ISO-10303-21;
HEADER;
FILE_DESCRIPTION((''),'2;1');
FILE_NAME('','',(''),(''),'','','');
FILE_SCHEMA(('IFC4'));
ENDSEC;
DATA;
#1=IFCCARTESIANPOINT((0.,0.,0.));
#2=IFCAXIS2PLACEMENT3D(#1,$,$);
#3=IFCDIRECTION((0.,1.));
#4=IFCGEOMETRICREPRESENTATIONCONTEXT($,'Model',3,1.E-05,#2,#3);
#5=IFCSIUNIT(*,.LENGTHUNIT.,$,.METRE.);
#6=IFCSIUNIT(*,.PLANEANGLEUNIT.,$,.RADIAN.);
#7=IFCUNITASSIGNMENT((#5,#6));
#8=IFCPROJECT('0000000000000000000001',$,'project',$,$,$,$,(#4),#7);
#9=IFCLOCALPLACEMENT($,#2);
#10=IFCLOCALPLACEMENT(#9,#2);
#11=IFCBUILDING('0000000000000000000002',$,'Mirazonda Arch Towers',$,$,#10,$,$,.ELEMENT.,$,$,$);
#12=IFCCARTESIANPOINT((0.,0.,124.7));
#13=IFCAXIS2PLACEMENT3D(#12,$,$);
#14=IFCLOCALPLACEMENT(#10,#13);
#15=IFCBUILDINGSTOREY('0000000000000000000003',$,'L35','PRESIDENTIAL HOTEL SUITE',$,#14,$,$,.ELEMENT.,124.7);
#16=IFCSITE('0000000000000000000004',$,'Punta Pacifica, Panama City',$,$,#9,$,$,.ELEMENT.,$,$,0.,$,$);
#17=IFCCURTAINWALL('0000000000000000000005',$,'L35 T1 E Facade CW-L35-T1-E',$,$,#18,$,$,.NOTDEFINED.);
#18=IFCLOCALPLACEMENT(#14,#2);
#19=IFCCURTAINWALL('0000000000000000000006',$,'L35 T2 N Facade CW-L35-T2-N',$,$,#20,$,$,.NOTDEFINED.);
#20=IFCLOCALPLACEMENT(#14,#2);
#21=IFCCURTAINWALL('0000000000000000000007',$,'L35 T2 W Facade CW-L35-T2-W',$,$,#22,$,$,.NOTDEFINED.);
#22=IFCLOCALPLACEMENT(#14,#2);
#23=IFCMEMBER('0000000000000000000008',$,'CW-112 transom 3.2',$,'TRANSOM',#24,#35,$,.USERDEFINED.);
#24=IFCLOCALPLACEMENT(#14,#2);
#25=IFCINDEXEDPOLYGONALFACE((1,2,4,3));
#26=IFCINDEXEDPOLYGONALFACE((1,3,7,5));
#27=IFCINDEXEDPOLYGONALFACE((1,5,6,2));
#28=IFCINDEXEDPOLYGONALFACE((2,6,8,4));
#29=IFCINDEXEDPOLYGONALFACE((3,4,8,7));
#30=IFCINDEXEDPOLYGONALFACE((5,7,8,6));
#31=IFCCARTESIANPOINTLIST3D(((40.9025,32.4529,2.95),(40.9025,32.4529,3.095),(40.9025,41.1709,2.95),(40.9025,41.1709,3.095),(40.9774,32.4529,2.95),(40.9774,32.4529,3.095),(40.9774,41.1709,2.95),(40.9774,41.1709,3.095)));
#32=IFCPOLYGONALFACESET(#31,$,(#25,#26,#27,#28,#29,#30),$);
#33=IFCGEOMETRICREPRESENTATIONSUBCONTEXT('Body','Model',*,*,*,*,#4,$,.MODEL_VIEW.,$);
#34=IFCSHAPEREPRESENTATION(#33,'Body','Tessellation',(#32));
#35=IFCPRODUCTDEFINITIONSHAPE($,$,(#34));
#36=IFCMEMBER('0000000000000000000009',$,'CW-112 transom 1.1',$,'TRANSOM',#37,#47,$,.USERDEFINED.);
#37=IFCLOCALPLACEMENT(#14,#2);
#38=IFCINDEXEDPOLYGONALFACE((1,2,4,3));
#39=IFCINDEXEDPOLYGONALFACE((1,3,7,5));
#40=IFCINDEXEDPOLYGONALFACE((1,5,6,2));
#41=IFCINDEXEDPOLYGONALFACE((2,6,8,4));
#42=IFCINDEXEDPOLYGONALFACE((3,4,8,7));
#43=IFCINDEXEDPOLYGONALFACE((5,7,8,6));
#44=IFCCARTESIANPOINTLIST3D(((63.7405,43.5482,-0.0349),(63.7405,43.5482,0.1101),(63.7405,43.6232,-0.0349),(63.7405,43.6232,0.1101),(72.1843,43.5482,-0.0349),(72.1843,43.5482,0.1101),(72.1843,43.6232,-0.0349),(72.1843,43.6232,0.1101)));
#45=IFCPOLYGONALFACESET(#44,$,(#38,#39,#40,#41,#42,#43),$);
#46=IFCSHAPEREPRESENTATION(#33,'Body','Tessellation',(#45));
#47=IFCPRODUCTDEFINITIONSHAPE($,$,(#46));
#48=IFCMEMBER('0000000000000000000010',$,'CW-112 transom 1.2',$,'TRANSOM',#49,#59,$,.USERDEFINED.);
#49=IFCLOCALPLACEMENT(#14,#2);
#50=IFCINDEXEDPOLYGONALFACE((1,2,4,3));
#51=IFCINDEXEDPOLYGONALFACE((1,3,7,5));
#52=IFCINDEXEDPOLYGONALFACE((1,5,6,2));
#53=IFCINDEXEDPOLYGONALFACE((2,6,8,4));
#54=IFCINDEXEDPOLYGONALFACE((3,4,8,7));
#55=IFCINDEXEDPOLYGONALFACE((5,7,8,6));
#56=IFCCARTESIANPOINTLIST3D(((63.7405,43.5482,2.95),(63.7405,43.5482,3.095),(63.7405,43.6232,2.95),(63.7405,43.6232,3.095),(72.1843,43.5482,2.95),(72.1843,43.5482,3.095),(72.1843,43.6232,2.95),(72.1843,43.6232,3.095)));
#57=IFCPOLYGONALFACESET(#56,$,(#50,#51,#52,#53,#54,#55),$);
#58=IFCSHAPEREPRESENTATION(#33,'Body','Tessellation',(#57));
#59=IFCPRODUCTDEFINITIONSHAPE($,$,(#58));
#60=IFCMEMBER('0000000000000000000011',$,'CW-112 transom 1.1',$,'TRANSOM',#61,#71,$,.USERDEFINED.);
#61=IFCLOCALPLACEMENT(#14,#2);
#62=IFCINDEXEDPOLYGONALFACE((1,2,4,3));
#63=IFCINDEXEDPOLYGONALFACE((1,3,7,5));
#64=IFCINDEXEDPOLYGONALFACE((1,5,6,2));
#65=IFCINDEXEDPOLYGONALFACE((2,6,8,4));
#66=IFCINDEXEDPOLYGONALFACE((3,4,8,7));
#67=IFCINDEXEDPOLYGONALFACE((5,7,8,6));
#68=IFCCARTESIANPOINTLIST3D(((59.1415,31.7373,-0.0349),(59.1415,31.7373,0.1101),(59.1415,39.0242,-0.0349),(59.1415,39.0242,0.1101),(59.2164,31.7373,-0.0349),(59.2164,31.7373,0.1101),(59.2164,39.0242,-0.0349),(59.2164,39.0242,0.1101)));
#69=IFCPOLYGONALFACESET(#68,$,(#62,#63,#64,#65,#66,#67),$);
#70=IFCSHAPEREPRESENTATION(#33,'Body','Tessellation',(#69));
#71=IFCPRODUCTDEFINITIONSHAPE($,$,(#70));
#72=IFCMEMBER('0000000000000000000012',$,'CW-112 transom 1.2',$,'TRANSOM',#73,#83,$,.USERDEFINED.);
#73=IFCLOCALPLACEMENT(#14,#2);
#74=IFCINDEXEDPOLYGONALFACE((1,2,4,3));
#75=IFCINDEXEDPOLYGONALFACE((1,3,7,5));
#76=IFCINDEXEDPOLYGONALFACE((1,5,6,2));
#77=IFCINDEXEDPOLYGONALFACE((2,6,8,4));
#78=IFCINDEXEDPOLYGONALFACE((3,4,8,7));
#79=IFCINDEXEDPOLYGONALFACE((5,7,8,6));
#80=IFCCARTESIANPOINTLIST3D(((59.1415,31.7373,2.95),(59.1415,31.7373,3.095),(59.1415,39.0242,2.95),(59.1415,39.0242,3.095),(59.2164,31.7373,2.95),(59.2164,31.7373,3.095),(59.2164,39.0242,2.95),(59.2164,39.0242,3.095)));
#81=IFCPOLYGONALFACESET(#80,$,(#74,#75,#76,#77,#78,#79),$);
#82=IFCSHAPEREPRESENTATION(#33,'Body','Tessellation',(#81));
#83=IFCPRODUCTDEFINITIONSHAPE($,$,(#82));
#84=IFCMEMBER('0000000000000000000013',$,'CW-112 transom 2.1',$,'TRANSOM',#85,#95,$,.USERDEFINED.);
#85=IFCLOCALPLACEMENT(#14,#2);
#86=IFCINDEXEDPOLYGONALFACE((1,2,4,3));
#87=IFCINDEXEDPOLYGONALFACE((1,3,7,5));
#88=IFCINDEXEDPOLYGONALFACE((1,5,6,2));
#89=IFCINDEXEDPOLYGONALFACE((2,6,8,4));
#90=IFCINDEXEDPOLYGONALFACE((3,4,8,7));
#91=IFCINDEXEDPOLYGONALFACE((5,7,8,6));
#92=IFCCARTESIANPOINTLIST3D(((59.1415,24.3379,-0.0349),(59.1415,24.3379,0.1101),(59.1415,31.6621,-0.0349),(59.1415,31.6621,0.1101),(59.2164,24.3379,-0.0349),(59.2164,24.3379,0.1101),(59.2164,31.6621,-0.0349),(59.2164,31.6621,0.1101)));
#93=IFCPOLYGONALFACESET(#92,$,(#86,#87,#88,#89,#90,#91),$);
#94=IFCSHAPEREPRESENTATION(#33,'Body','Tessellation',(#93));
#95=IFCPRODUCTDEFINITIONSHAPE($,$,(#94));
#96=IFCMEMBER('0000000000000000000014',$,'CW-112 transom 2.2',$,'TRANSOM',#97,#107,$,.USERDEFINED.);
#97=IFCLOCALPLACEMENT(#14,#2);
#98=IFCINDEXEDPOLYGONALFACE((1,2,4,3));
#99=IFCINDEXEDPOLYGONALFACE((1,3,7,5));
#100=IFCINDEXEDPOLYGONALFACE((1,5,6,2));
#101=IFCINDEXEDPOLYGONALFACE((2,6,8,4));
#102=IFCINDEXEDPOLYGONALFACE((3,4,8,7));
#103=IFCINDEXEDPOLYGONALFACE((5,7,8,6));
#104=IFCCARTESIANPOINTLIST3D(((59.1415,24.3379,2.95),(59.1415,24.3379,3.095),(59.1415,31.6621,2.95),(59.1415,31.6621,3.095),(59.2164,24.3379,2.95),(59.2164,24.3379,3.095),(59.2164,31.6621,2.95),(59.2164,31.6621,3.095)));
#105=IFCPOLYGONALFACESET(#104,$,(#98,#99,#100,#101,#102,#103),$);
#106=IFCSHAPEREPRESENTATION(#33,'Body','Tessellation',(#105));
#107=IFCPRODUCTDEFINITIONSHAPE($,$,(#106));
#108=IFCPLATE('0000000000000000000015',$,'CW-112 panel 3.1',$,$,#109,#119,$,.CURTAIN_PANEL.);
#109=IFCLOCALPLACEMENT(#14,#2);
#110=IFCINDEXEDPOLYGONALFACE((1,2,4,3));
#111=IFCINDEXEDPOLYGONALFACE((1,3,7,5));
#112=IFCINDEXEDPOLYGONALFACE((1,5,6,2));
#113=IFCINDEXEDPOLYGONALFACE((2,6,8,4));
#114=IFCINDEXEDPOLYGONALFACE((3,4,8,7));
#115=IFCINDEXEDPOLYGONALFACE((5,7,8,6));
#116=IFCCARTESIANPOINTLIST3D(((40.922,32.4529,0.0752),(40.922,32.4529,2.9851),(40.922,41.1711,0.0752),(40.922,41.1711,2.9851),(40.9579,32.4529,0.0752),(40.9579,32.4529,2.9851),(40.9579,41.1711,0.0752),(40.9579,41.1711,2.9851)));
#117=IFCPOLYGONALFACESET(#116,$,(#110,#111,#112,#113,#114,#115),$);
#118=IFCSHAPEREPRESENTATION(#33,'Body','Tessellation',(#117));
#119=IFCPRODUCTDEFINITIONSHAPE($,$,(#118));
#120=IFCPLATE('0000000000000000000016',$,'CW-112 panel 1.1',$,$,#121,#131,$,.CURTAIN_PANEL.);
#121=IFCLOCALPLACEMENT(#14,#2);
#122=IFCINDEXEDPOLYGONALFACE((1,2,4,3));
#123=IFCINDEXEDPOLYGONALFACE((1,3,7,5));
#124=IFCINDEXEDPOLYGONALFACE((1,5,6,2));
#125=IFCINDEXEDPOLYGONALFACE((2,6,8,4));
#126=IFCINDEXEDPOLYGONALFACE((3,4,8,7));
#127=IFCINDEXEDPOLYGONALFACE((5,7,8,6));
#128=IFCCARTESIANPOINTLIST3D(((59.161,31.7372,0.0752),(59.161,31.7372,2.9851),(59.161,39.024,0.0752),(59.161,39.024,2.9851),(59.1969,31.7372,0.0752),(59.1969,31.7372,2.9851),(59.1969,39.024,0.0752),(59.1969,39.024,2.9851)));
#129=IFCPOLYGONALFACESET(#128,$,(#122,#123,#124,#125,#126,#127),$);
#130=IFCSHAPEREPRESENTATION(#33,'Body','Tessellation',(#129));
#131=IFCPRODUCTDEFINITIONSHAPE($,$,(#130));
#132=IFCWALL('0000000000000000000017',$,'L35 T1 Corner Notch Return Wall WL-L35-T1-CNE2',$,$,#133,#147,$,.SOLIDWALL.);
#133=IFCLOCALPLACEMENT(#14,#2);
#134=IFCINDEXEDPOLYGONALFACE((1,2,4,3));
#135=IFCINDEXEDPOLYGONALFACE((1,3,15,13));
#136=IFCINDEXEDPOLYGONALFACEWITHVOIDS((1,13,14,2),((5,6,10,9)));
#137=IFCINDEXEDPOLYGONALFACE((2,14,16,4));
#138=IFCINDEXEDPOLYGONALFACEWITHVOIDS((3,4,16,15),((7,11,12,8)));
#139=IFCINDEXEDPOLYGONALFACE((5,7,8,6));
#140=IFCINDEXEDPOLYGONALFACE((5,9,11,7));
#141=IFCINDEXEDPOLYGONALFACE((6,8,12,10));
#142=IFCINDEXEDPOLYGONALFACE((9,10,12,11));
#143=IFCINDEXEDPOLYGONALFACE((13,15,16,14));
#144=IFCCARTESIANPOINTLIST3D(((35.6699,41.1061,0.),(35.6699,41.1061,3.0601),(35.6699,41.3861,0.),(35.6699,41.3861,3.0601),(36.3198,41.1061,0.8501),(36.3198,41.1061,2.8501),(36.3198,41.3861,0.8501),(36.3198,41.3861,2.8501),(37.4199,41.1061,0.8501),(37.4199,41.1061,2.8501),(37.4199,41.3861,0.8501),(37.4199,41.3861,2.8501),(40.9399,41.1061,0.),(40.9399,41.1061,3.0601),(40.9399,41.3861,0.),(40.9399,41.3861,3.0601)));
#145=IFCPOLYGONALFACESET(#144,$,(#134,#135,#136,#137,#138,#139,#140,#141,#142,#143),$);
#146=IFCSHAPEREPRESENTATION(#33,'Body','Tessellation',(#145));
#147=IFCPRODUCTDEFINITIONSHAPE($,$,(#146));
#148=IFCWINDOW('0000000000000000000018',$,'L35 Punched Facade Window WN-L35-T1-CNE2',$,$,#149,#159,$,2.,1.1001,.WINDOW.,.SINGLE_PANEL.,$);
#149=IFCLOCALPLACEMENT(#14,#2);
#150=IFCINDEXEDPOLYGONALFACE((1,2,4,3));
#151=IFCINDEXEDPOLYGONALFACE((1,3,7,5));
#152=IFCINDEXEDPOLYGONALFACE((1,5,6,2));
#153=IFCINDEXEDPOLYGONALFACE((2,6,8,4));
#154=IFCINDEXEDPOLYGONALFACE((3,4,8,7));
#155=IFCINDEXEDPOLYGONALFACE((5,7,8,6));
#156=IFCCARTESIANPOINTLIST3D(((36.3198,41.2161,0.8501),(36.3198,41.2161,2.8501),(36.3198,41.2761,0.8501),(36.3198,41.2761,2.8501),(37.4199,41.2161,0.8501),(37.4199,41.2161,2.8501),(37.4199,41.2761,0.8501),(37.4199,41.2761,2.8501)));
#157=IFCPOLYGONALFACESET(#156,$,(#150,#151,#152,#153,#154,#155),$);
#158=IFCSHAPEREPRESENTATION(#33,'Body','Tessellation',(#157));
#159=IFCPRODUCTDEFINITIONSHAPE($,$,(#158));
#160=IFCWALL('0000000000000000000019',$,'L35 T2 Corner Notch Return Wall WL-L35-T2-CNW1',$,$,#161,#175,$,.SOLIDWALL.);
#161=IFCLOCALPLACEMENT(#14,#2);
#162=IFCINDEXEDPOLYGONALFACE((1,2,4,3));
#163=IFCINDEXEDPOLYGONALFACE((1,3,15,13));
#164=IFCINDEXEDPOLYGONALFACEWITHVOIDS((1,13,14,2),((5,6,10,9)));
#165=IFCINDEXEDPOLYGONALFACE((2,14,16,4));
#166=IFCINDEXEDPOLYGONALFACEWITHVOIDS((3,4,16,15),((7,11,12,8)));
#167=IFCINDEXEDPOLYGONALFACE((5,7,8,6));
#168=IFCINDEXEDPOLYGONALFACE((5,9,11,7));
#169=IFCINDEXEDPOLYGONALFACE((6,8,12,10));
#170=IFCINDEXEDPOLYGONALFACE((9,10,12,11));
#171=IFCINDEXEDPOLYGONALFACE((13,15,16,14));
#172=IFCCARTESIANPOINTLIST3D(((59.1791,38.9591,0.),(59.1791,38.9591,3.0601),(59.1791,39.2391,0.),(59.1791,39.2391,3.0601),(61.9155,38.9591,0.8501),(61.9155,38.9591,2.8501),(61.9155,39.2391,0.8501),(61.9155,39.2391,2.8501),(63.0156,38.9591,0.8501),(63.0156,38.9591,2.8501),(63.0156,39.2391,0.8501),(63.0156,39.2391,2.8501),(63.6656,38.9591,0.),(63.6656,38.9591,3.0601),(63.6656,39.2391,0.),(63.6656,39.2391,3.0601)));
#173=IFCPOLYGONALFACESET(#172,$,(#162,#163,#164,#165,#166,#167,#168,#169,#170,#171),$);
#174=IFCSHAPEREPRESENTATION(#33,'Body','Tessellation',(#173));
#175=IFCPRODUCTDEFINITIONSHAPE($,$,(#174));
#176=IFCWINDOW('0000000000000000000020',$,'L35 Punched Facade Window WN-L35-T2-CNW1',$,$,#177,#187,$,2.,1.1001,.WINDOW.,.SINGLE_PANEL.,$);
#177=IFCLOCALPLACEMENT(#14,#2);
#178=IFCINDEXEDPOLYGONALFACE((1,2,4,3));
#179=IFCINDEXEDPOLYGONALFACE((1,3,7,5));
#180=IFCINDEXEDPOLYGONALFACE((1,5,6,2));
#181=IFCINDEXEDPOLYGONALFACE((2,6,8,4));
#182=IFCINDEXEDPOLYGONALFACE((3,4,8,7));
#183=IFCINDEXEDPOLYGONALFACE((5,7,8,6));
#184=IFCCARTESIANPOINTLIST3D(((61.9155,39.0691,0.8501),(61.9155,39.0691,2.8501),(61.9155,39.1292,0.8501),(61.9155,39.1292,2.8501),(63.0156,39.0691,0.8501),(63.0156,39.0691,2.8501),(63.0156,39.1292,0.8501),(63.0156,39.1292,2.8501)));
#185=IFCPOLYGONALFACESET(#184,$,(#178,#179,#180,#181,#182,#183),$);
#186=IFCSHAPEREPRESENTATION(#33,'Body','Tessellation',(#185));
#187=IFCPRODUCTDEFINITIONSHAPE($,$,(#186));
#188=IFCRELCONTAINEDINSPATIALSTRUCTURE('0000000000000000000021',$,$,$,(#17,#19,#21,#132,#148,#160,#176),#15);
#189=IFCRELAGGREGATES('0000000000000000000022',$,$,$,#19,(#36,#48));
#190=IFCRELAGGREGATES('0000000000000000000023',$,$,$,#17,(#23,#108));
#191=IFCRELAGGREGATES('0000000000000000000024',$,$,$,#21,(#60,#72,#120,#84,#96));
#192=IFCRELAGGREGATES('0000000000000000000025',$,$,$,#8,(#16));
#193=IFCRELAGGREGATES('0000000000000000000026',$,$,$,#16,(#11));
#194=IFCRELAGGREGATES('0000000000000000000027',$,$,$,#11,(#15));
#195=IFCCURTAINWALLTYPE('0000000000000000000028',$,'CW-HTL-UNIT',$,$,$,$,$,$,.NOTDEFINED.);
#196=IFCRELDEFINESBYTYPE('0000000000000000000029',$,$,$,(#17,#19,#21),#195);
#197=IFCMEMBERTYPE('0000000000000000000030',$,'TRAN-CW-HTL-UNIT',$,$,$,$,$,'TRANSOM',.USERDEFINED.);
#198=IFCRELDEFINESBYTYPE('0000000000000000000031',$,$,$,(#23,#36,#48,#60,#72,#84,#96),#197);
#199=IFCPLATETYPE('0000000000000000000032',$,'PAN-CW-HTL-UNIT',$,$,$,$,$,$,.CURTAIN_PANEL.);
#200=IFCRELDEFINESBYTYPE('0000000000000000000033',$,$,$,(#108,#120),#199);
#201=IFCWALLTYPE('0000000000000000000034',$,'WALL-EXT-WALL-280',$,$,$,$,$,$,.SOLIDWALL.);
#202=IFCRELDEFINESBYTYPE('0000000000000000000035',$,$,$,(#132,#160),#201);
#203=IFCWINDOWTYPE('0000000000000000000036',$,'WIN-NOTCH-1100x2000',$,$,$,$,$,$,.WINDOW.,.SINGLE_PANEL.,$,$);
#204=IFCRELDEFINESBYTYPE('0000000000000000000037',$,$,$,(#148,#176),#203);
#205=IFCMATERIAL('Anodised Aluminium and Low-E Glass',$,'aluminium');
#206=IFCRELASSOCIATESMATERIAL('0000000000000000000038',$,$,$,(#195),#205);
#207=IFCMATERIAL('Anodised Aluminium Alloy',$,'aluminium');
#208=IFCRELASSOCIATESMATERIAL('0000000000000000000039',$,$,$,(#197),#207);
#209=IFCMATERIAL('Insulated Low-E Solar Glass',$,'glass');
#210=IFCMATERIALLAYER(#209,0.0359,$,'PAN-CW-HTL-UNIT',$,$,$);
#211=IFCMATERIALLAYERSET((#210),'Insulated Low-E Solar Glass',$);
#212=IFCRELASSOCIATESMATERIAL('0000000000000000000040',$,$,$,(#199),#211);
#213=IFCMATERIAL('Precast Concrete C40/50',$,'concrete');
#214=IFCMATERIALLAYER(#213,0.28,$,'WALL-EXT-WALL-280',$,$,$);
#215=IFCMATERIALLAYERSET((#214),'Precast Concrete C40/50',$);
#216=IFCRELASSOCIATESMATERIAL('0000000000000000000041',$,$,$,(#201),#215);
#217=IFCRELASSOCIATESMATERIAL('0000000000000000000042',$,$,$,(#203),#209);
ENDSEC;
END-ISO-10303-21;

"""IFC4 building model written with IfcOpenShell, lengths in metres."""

from ifc_helpers import new_model, si_unit, direction, frame, frame_2d, origin, origin_2d, place, context, subcontext, project, spatial, rectangle, extrude, material, layer, layer_set, material_profile, profile_set, type_object, element, fill, aggregate, save


model = new_model("IFC4")

# Units and contexts
model_context = context("Model", 3, precision=1e-05, world=origin(), true_north=direction((0.0, 1.0)))
body_context = subcontext(model_context, "Body", "Model", "MODEL_VIEW")
ifc_project = project(units=[si_unit("LENGTHUNIT", "METRE"), si_unit("PLANEANGLEUNIT", "RADIAN")], contexts=[model_context])

# Site, building, storey
site_placement = place(None, origin())
site = spatial("IfcSite", under=ifc_project, at=site_placement, Name="Punta Pacifica, Panama City", CompositionType="ELEMENT", RefElevation=0.0)
building_placement = place(site_placement, origin())
building = spatial("IfcBuilding", under=site, at=building_placement, Name="Mirazonda Arch Towers", CompositionType="ELEMENT")
storey_placement = place(building_placement, frame((0.0, 0.0, 124.7)))
storey = spatial("IfcBuildingStorey", under=building, at=storey_placement, Name="L35", Description="PRESIDENTIAL HOTEL SUITE", CompositionType="ELEMENT", Elevation=124.7)

# Curtain wall
ifc_material_1 = material(Name="Anodised Aluminium and Low-E Glass", Category="aluminium")
curtain_wall_type = type_object("IfcCurtainWallType", Name="CW-HTL-UNIT", PredefinedType="NOTDEFINED", material=ifc_material_1)
curtain_wall_1_placement = place(storey_placement, origin())
curtain_wall_1 = element("IfcCurtainWall", 1, at=curtain_wall_1_placement, inside=storey, type_object=curtain_wall_type, Name="L35 T1 E Facade CW-L35-T1-E", PredefinedType="NOTDEFINED")
ifc_material_2 = material(Name="Anodised Aluminium Alloy", Category="aluminium")

# Curtain wall
curtain_wall_2_placement = place(storey_placement, origin())
curtain_wall_2 = element("IfcCurtainWall", 2, at=curtain_wall_2_placement, inside=storey, type_object=curtain_wall_type, Name="L35 T2 N Facade CW-L35-T2-N", PredefinedType="NOTDEFINED")

# Curtain wall
curtain_wall_3_placement = place(storey_placement, origin())
curtain_wall_3 = element("IfcCurtainWall", 3, at=curtain_wall_3_placement, inside=storey, type_object=curtain_wall_type, Name="L35 T2 W Facade CW-L35-T2-W", PredefinedType="NOTDEFINED")

# Members
ifc_material_profile_1 = material_profile(ifc_material_2, rectangle(XDim=0.075, YDim=0.145, at=origin_2d()), Name="ALU-TRAN-75x145")
ifc_profile_set_1 = profile_set([ifc_material_profile_1], Name="Anodised Aluminium Alloy")
member_type_1 = type_object("IfcMemberType", Name="TRAN-CW-HTL-UNIT", ElementType="TRANSOM", PredefinedType="USERDEFINED", material=ifc_profile_set_1)
member_1_placement = place(storey_placement, frame((40.9399, 32.4529, 3.0225), z_axis=(0.0, 1.0, 0.0), x_axis=(-1.0, 0.0, 0.0)))
member_1 = element("IfcMember", 4, at=member_1_placement, type_object=member_type_1, Name="CW-112 transom 3.2", ObjectType="TRANSOM", PredefinedType="USERDEFINED", context=body_context, shape_type="SweptSolid", body=[
    extrude(rectangle(XDim=0.075, YDim=0.145, at=origin_2d()), origin(), (0.0, 0.0, 1.0), 8.718),
])
member_2_placement = place(storey_placement, frame((63.7405, 43.5857, 0.0376), z_axis=(1.0, 0.0, 0.0), x_axis=(0.0, 1.0, 0.0)))
member_2 = element("IfcMember", 5, at=member_2_placement, type_object=member_type_1, Name="CW-112 transom 1.1", ObjectType="TRANSOM", PredefinedType="USERDEFINED", context=body_context, shape_type="SweptSolid", body=[
    extrude(rectangle(XDim=0.075, YDim=0.145, at=origin_2d()), origin(), (0.0, 0.0, 1.0), 8.4438),
])
member_3_placement = place(storey_placement, frame((63.7405, 43.5857, 3.0225), z_axis=(1.0, 0.0, 0.0), x_axis=(0.0, 1.0, 0.0)))
member_3 = element("IfcMember", 6, at=member_3_placement, type_object=member_type_1, Name="CW-112 transom 1.2", ObjectType="TRANSOM", PredefinedType="USERDEFINED", context=body_context, shape_type="SweptSolid", body=[
    extrude(rectangle(XDim=0.075, YDim=0.145, at=origin_2d()), origin(), (0.0, 0.0, 1.0), 8.4438),
])
aggregate(curtain_wall_2, [member_2, member_3])
member_4_placement = place(storey_placement, frame((59.179, 39.0242, 0.0376), z_axis=(0.0, -1.0, 0.0), x_axis=(1.0, 0.0, 0.0)))
member_4 = element("IfcMember", 7, at=member_4_placement, type_object=member_type_1, Name="CW-112 transom 1.1", ObjectType="TRANSOM", PredefinedType="USERDEFINED", context=body_context, shape_type="SweptSolid", body=[
    extrude(rectangle(XDim=0.075, YDim=0.145, at=origin_2d()), origin(), (0.0, 0.0, 1.0), 7.2869),
])
member_5_placement = place(storey_placement, frame((59.179, 39.0242, 3.0225), z_axis=(0.0, -1.0, 0.0), x_axis=(1.0, 0.0, 0.0)))
member_5 = element("IfcMember", 8, at=member_5_placement, type_object=member_type_1, Name="CW-112 transom 1.2", ObjectType="TRANSOM", PredefinedType="USERDEFINED", context=body_context, shape_type="SweptSolid", body=[
    extrude(rectangle(XDim=0.075, YDim=0.145, at=origin_2d()), origin(), (0.0, 0.0, 1.0), 7.2869),
])
member_6_placement = place(storey_placement, frame((59.179, 31.6621, 0.0376), z_axis=(0.0, -1.0, 0.0), x_axis=(1.0, 0.0, 0.0)))
member_6 = element("IfcMember", 9, at=member_6_placement, type_object=member_type_1, Name="CW-112 transom 2.1", ObjectType="TRANSOM", PredefinedType="USERDEFINED", context=body_context, shape_type="SweptSolid", body=[
    extrude(rectangle(XDim=0.075, YDim=0.145, at=origin_2d()), origin(), (0.0, 0.0, 1.0), 7.3242),
])
member_7_placement = place(storey_placement, frame((59.179, 31.6621, 3.0225), z_axis=(0.0, -1.0, 0.0), x_axis=(1.0, 0.0, 0.0)))
member_7 = element("IfcMember", 10, at=member_7_placement, type_object=member_type_1, Name="CW-112 transom 2.2", ObjectType="TRANSOM", PredefinedType="USERDEFINED", context=body_context, shape_type="SweptSolid", body=[
    extrude(rectangle(XDim=0.075, YDim=0.145, at=origin_2d()), origin(), (0.0, 0.0, 1.0), 7.3242),
])

# Plates
ifc_material_3 = material(Name="Insulated Low-E Solar Glass", Category="glass")
ifc_layer_1 = layer(ifc_material_3, 0.0359, Name="PAN-CW-HTL-UNIT")
ifc_layer_set_1 = layer_set([ifc_layer_1], Name="Insulated Low-E Solar Glass")
plate_type = type_object("IfcPlateType", Name="PAN-CW-HTL-UNIT", PredefinedType="CURTAIN_PANEL", material=ifc_layer_set_1)
plate_1_placement = place(storey_placement, frame((40.9399, 36.812, 0.0752), z_axis=(0.0, 0.0, 1.0), x_axis=(0.0, 1.0, 0.0)))
plate_1 = element("IfcPlate", 11, at=plate_1_placement, type_object=plate_type, Name="CW-112 panel 3.1", PredefinedType="CURTAIN_PANEL", context=body_context, shape_type="SweptSolid", body=[
    extrude(rectangle(XDim=8.7183, YDim=0.0359, at=origin_2d()), origin(), (0.0, 0.0, 1.0), 2.9099),
])
aggregate(curtain_wall_1, [member_1, plate_1])
plate_2_placement = place(storey_placement, frame((59.179, 35.3806, 0.0752), z_axis=(0.0, 0.0, 1.0), x_axis=(0.0, -1.0, 0.0)))
plate_2 = element("IfcPlate", 12, at=plate_2_placement, type_object=plate_type, Name="CW-112 panel 1.1", PredefinedType="CURTAIN_PANEL", context=body_context, shape_type="SweptSolid", body=[
    extrude(rectangle(XDim=7.2869, YDim=0.0359, at=origin_2d()), origin(), (0.0, 0.0, 1.0), 2.9099),
])
aggregate(curtain_wall_3, [member_4, member_5, plate_2, member_6, member_7])

# Walls, openings, windows
ifc_material_4 = material(Name="Precast Concrete C40/50", Category="concrete")
ifc_layer_2 = layer(ifc_material_4, 0.28, Name="WALL-EXT-WALL-280")
ifc_layer_set_2 = layer_set([ifc_layer_2], Name="Precast Concrete C40/50")
wall_type_1 = type_object("IfcWallType", Name="WALL-EXT-WALL-280", PredefinedType="SOLIDWALL", material=ifc_layer_set_2)
wall_1_placement = place(storey_placement, frame((40.9399, 41.2461, 0.0), z_axis=(0.0, 0.0, 1.0), x_axis=(-1.0, 0.0, 0.0)))
wall_1 = element("IfcWall", 13, at=wall_1_placement, inside=storey, type_object=wall_type_1, Name="L35 T1 Corner Notch Return Wall WL-L35-T1-CNE2", PredefinedType="SOLIDWALL", context=body_context, shape_type="SweptSolid", body=[
    extrude(rectangle(XDim=5.27, YDim=0.28, at=frame_2d((2.635, 0.0))), origin(), (0.0, 0.0, 1.0), 3.0601),
])
opening_1_placement = place(wall_1_placement, frame((3.52, 0.0, 0.8501)))
opening_1 = element("IfcOpeningElement", 14, at=opening_1_placement, cuts=wall_1, PredefinedType="OPENING", context=body_context, shape_type="SweptSolid", body=[
    extrude(rectangle(XDim=1.1001, YDim=2.0, at=frame_2d((0.55, 1.0))), frame((0.0, 0.1499, 0.0), z_axis=(0.0, -1.0, 0.0), x_axis=(1.0, 0.0, 0.0)), (0.0, 0.0, 1.0), 0.3),
])
window_type = type_object("IfcWindowType", Name="WIN-NOTCH-1100x2000", PartitioningType="SINGLE_PANEL", PredefinedType="WINDOW", material=ifc_material_3)
window_1_placement = place(opening_1_placement, origin())
window_1 = element("IfcWindow", 15, at=window_1_placement, inside=storey, type_object=window_type, Name="L35 Punched Facade Window WN-L35-T1-CNE2", OverallHeight=2.0, OverallWidth=1.1001, PartitioningType="SINGLE_PANEL", PredefinedType="WINDOW", context=body_context, shape_type="SweptSolid", body=[
    extrude(rectangle(XDim=1.1001, YDim=2.0, at=frame_2d((0.55, 1.0))), frame((0.0, 0.03, 0.0), z_axis=(0.0, -1.0, 0.0), x_axis=(1.0, 0.0, 0.0)), (0.0, 0.0, 1.0), 0.0601),
])
fill(opening_1, window_1)
wall_2_placement = place(storey_placement, frame((63.6655, 39.0991, 0.0), z_axis=(0.0, 0.0, 1.0), x_axis=(-1.0, 0.0, 0.0)))
wall_2 = element("IfcWall", 16, at=wall_2_placement, inside=storey, type_object=wall_type_1, Name="L35 T2 Corner Notch Return Wall WL-L35-T2-CNW1", PredefinedType="SOLIDWALL", context=body_context, shape_type="SweptSolid", body=[
    extrude(rectangle(XDim=4.4866, YDim=0.28, at=frame_2d((2.2432, 0.0))), origin(), (0.0, 0.0, 1.0), 3.0601),
])
opening_2_placement = place(wall_2_placement, frame((0.6499, 0.0, 0.8501)))
opening_2 = element("IfcOpeningElement", 17, at=opening_2_placement, cuts=wall_2, PredefinedType="OPENING", context=body_context, shape_type="SweptSolid", body=[
    extrude(rectangle(XDim=1.1001, YDim=2.0, at=frame_2d((0.55, 1.0))), frame((0.0, 0.1499, 0.0), z_axis=(0.0, -1.0, 0.0), x_axis=(1.0, 0.0, 0.0)), (0.0, 0.0, 1.0), 0.3),
])
window_2_placement = place(opening_2_placement, origin())
window_2 = element("IfcWindow", 18, at=window_2_placement, inside=storey, type_object=window_type, Name="L35 Punched Facade Window WN-L35-T2-CNW1", OverallHeight=2.0, OverallWidth=1.1001, PartitioningType="SINGLE_PANEL", PredefinedType="WINDOW", context=body_context, shape_type="SweptSolid", body=[
    extrude(rectangle(XDim=1.1001, YDim=2.0, at=frame_2d((0.55, 1.0))), frame((0.0, 0.03, 0.0), z_axis=(0.0, -1.0, 0.0), x_axis=(1.0, 0.0, 0.0)), (0.0, 0.0, 1.0), 0.0601),
])
fill(opening_2, window_2)

save(model, "model.ifc")
